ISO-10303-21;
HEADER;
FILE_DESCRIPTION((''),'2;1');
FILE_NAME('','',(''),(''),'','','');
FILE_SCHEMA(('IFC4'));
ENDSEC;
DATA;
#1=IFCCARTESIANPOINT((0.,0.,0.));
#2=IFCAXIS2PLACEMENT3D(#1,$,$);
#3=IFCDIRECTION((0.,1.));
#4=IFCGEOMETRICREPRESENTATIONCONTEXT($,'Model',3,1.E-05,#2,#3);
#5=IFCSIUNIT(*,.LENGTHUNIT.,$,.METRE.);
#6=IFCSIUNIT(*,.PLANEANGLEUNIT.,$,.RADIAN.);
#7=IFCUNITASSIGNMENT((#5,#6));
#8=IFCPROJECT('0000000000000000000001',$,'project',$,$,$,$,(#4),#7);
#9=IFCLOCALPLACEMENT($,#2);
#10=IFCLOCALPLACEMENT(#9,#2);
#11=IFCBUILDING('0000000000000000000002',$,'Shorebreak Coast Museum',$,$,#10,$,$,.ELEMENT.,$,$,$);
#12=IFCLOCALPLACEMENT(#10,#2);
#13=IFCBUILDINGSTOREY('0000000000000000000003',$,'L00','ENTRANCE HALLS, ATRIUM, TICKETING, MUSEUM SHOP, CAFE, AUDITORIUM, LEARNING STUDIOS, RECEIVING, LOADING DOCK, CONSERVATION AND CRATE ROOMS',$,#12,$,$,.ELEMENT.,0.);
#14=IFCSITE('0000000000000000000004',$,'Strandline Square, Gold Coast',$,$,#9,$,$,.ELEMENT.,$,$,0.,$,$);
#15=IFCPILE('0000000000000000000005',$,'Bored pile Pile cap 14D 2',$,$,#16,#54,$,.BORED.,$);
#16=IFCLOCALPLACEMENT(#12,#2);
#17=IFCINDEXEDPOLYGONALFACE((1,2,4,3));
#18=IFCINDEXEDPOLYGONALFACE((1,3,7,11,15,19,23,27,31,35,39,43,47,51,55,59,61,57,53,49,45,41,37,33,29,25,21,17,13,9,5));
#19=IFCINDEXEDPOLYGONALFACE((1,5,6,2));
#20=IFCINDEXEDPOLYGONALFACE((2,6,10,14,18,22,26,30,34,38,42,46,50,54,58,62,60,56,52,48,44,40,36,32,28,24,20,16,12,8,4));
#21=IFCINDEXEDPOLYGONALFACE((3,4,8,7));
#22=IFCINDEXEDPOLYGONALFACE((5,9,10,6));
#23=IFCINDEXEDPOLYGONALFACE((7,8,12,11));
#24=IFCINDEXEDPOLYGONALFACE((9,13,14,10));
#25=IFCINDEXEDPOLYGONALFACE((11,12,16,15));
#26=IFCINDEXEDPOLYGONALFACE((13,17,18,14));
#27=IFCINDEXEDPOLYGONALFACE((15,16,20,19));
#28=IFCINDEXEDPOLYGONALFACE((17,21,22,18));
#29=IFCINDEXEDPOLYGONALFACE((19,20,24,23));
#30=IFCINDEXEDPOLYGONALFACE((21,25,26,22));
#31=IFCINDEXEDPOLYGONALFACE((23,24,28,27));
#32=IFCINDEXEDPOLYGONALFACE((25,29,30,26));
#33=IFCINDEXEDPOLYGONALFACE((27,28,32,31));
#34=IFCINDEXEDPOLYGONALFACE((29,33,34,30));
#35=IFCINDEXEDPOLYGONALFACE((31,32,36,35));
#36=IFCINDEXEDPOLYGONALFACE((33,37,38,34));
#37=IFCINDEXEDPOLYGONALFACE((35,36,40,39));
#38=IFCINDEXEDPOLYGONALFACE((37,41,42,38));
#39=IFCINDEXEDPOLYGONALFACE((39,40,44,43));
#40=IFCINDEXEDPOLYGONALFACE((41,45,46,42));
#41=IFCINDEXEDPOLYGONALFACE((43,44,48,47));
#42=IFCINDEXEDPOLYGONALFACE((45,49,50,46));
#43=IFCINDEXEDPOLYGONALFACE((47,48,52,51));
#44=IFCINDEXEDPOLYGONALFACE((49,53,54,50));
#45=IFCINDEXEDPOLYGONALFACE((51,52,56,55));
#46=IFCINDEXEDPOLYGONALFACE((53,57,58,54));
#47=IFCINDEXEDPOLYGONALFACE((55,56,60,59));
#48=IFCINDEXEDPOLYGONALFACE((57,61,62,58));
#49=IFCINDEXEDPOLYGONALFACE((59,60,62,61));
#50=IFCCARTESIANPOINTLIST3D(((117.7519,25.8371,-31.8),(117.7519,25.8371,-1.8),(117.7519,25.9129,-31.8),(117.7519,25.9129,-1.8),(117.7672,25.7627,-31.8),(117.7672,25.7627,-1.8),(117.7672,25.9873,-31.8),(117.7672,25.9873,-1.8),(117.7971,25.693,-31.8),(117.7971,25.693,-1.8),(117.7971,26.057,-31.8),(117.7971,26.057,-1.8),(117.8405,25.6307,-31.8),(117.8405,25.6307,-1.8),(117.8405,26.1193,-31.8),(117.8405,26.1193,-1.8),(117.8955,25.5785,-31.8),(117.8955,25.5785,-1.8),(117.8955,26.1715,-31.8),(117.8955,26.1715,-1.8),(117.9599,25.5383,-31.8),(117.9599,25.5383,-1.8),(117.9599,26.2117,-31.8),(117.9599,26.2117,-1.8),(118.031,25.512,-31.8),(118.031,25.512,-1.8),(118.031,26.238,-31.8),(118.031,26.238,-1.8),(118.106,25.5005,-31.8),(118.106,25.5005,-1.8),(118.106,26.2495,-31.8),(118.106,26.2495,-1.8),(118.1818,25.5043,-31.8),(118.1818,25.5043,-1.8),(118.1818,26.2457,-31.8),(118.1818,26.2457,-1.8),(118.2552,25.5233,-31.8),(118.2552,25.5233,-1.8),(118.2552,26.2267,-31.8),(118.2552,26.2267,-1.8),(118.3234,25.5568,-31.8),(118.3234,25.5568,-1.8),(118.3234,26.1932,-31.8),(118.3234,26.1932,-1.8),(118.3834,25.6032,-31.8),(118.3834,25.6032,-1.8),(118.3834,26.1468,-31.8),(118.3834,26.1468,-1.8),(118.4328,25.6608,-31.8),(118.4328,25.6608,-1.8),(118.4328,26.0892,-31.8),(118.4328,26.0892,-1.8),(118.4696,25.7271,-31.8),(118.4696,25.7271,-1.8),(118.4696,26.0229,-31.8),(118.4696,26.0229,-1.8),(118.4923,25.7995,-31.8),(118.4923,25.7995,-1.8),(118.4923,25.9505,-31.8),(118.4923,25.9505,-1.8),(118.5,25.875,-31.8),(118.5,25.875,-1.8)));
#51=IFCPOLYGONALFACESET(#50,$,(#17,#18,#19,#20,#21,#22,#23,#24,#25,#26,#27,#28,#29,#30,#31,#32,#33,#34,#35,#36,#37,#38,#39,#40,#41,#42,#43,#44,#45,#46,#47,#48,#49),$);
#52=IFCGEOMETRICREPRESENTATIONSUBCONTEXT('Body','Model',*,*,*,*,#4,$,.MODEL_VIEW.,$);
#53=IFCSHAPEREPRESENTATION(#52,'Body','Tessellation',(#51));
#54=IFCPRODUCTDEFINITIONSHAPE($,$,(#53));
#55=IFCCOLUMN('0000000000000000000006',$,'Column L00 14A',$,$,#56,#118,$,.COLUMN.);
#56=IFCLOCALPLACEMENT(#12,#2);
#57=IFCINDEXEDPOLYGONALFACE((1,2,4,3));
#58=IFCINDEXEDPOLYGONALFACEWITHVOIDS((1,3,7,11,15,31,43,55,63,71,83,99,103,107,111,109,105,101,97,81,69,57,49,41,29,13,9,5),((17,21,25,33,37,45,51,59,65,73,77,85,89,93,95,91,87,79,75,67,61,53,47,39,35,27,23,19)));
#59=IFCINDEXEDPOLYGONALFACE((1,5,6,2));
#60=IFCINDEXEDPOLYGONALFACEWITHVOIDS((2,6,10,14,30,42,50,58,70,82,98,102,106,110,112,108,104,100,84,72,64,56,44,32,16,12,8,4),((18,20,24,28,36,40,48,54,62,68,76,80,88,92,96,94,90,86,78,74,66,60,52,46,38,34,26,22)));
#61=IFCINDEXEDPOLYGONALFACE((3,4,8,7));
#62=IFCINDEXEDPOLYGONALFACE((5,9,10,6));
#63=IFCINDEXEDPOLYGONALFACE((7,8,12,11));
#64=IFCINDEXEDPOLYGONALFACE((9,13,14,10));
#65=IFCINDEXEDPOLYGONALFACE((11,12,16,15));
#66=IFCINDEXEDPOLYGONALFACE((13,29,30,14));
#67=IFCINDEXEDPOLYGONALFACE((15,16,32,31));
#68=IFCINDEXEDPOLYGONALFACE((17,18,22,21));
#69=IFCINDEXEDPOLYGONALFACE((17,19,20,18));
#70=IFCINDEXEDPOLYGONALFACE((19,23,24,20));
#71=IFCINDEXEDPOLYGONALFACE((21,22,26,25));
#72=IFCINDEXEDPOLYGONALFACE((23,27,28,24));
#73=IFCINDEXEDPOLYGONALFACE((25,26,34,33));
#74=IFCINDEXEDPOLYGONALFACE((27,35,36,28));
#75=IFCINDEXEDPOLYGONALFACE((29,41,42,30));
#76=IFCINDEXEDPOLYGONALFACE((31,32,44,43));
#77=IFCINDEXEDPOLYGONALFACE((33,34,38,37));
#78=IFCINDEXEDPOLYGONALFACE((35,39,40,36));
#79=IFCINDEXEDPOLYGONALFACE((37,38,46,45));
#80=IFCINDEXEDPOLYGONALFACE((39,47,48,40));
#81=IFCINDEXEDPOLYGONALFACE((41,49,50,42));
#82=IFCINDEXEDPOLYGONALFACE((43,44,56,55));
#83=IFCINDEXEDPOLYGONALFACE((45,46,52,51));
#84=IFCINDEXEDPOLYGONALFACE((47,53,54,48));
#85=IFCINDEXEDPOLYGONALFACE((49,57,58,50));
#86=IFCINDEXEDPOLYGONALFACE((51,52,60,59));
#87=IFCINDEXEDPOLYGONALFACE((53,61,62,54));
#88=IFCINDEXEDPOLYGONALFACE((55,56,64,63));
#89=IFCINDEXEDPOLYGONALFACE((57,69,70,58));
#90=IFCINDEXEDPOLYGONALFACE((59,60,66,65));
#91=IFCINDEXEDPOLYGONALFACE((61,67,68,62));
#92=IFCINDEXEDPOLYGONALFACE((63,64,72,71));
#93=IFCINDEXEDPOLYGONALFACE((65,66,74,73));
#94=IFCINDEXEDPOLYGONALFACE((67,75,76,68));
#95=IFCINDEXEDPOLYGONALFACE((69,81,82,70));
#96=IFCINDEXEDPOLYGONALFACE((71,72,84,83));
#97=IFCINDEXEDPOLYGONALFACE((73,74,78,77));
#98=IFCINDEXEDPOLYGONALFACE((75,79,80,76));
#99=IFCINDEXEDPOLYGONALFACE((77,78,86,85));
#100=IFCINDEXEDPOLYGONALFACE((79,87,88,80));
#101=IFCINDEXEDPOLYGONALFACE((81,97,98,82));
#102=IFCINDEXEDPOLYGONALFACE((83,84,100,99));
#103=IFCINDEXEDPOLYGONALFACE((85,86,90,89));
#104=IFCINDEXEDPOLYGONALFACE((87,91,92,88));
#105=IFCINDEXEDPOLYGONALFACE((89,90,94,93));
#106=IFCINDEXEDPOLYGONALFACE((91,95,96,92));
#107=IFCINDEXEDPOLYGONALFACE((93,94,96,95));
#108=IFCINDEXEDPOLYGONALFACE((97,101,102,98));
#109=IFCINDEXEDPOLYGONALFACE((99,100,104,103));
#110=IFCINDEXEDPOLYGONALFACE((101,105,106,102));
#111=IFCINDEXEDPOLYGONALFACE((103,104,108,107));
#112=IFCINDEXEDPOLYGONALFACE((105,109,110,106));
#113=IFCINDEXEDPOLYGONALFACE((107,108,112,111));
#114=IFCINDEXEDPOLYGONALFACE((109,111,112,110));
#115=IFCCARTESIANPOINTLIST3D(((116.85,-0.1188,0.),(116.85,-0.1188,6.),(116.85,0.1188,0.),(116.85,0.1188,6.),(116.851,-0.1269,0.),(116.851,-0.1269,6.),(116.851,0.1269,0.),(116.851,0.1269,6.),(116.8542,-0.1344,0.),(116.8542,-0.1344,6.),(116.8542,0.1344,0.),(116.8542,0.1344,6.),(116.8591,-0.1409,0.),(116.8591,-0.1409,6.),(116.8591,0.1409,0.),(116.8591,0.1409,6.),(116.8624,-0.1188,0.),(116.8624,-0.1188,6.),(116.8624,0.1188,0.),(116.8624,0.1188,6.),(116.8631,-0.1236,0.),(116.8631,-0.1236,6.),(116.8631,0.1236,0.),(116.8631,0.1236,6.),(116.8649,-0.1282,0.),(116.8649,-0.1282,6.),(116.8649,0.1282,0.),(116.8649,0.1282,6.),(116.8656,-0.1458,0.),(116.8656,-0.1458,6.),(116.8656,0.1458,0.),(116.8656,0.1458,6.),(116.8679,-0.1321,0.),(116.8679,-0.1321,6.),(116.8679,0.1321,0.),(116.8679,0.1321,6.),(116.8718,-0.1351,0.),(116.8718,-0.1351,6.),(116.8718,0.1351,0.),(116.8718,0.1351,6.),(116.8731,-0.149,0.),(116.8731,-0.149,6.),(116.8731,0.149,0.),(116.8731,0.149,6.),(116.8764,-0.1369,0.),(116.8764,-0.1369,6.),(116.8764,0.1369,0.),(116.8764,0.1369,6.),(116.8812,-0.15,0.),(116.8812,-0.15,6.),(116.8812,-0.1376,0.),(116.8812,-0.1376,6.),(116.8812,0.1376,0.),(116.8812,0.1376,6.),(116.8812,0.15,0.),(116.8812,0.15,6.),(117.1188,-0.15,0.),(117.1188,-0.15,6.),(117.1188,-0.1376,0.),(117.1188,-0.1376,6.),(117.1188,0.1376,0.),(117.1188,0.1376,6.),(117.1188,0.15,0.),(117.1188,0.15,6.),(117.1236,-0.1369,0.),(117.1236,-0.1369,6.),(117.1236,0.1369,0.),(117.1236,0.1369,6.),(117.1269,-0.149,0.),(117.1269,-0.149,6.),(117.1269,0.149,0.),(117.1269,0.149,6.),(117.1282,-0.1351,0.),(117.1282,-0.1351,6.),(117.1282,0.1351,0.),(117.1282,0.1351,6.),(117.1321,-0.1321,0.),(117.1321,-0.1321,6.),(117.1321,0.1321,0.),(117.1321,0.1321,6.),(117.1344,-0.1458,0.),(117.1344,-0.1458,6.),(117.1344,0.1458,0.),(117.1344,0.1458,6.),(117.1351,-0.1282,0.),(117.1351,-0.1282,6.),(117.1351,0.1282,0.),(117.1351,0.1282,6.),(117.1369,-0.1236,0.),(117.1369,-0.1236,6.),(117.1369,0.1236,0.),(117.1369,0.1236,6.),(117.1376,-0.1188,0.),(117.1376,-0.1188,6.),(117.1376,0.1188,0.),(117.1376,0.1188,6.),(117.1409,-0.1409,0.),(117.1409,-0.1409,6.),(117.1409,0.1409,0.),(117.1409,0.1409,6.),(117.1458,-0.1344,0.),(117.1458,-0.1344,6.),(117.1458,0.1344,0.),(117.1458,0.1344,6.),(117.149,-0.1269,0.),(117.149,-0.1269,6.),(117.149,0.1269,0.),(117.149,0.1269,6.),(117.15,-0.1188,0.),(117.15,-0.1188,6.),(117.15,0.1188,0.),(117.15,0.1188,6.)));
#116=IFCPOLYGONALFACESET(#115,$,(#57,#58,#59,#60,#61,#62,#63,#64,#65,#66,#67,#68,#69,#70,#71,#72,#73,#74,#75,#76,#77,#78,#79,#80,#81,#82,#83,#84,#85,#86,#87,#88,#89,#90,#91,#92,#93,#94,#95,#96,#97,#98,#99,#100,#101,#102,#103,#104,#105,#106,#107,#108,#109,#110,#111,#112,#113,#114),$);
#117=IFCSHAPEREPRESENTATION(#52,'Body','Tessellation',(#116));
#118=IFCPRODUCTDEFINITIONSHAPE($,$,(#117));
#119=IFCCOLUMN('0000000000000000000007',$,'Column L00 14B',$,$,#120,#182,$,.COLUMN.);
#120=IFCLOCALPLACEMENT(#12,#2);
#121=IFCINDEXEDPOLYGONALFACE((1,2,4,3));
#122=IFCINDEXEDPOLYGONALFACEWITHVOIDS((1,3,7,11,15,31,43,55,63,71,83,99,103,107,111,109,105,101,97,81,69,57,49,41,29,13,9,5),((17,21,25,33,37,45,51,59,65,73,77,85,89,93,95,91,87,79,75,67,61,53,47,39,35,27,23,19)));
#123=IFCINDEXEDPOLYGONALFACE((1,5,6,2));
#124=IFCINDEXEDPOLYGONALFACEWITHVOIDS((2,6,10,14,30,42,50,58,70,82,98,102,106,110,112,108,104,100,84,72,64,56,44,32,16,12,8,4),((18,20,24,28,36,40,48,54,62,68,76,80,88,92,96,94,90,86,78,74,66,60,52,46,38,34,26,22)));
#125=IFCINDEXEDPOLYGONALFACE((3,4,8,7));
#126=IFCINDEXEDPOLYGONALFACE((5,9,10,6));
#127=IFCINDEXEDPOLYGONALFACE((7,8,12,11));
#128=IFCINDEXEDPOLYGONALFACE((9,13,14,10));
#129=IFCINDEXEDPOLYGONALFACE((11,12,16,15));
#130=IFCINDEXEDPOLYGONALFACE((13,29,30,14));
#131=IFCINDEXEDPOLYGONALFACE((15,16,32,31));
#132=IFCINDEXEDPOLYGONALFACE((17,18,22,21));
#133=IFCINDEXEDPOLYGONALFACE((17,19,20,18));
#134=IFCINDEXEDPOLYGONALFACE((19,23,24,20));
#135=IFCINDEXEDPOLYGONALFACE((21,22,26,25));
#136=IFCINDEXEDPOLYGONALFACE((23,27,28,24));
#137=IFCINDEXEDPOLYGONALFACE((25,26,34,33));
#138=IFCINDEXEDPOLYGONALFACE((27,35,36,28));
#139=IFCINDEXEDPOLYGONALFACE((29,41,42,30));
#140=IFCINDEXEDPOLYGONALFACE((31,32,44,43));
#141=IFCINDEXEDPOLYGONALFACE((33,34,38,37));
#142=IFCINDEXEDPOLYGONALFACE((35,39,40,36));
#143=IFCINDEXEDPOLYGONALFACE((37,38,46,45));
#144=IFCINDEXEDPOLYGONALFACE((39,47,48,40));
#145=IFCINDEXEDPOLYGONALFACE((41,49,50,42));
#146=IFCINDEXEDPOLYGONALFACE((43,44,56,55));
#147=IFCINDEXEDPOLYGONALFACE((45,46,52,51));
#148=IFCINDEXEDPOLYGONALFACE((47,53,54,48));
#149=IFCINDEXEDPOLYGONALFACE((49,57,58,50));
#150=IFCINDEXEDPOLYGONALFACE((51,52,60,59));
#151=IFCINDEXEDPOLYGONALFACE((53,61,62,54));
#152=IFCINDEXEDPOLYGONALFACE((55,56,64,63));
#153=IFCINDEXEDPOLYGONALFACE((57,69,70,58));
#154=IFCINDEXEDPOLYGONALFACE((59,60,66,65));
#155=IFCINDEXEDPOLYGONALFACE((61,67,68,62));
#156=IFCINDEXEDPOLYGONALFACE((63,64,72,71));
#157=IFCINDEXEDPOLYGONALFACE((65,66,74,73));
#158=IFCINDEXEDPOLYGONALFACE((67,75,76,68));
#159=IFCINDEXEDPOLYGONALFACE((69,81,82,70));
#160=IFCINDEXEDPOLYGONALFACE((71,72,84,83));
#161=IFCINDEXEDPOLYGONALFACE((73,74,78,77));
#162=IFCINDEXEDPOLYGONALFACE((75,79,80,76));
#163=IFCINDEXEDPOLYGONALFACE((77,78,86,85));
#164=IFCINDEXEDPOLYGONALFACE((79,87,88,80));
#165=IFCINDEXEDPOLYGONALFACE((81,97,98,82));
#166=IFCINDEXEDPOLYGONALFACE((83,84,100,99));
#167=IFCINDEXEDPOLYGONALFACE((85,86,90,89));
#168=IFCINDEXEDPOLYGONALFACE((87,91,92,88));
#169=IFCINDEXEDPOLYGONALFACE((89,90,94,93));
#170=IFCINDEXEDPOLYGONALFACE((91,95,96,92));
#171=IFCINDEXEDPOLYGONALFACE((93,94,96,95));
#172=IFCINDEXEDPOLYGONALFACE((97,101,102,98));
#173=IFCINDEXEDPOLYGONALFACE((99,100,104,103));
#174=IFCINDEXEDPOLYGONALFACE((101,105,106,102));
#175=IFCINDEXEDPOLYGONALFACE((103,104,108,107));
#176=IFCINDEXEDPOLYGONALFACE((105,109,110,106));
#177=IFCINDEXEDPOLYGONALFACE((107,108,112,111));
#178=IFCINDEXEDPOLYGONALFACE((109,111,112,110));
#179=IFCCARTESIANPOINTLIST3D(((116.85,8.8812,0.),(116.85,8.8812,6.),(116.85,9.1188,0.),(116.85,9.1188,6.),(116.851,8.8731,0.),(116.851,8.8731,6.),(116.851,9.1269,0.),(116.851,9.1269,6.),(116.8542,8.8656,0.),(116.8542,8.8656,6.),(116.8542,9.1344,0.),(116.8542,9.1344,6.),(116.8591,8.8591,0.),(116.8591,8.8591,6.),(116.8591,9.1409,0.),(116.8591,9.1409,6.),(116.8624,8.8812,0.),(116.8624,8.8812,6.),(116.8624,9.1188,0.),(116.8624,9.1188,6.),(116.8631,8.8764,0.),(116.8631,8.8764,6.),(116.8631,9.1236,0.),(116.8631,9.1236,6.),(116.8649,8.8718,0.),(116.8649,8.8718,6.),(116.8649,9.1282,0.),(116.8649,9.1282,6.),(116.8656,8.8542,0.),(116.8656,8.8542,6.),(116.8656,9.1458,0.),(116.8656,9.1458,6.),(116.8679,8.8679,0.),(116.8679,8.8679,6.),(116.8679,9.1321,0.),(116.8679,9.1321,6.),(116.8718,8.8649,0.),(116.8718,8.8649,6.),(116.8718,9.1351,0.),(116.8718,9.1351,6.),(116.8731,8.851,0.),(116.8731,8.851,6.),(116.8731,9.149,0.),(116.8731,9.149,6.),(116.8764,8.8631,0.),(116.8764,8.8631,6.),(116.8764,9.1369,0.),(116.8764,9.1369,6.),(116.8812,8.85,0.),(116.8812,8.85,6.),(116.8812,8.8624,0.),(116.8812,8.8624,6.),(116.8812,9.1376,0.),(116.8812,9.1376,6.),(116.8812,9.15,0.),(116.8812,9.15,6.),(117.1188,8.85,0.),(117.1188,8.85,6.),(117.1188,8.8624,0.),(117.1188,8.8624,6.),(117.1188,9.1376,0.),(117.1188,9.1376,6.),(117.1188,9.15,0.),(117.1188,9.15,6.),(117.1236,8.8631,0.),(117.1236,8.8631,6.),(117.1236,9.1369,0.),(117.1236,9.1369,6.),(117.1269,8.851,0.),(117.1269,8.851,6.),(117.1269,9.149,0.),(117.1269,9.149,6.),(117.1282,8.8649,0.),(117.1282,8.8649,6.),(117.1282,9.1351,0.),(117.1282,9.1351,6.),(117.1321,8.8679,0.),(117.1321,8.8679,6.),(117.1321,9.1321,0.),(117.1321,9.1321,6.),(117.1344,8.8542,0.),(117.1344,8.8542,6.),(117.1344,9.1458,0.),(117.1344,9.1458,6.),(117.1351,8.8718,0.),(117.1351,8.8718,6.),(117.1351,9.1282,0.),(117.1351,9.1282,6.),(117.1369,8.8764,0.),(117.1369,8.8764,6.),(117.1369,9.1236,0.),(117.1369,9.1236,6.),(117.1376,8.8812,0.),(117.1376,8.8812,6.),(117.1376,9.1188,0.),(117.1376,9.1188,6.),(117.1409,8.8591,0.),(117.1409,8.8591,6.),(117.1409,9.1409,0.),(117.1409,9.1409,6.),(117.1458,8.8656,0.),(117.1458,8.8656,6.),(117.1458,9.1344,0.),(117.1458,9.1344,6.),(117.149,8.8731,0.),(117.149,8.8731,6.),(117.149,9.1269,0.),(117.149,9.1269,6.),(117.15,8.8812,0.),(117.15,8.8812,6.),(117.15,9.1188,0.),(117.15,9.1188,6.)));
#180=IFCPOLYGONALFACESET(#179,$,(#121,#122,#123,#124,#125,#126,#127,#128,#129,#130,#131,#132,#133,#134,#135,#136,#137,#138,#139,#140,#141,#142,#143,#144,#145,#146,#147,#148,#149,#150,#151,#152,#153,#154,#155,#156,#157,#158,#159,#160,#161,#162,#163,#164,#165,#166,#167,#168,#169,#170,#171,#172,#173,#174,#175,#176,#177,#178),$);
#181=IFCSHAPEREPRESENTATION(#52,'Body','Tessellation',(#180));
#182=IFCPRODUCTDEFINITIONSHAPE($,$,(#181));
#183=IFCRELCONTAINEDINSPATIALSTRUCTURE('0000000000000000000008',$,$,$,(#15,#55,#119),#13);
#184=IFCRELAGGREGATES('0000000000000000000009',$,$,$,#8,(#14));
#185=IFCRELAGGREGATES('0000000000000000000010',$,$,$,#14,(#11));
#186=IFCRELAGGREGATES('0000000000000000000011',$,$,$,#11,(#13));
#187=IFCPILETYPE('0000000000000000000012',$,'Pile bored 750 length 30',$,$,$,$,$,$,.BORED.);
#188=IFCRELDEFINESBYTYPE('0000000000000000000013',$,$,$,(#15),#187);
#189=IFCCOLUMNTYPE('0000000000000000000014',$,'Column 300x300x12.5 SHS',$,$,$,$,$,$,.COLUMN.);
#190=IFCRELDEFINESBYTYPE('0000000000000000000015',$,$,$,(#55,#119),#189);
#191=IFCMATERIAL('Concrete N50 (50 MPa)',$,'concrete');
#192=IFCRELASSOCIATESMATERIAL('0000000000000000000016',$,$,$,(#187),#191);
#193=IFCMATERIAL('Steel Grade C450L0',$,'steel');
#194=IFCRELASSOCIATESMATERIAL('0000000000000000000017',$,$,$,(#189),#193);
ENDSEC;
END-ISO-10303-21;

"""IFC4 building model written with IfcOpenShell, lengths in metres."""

from ifc_helpers import new_model, si_unit, direction, frame, origin, origin_2d, place, context, subcontext, project, spatial, hollow_rectangle, circle, extrude, material, material_profile, profile_set, type_object, element, save


model = new_model("IFC4")

# Units and contexts
model_context = context("Model", 3, precision=1e-05, world=origin(), true_north=direction((0.0, 1.0)))
body_context = subcontext(model_context, "Body", "Model", "MODEL_VIEW")
ifc_project = project(units=[si_unit("LENGTHUNIT", "METRE"), si_unit("PLANEANGLEUNIT", "RADIAN")], contexts=[model_context])

# Site, building, storey
site_placement = place(None, origin())
site = spatial("IfcSite", under=ifc_project, at=site_placement, Name="Strandline Square, Gold Coast", CompositionType="ELEMENT", RefElevation=0.0)
building_placement = place(site_placement, origin())
building = spatial("IfcBuilding", under=site, at=building_placement, Name="Shorebreak Coast Museum", CompositionType="ELEMENT")
storey_placement = place(building_placement, origin())
storey = spatial("IfcBuildingStorey", under=building, at=storey_placement, Name="L00", Description="ENTRANCE HALLS, ATRIUM, TICKETING, MUSEUM SHOP, CAFE, AUDITORIUM, LEARNING STUDIOS, RECEIVING, LOADING DOCK, CONSERVATION AND CRATE ROOMS", CompositionType="ELEMENT", Elevation=0.0)

# Pile
ifc_material_1 = material(Name="Concrete N50 (50 MPa)", Category="concrete")
ifc_material_profile_1 = material_profile(ifc_material_1, circle(Radius=0.375, at=origin_2d()), Name="Pile bored 750 length 30")
ifc_profile_set_1 = profile_set([ifc_material_profile_1], Name="Concrete N50 (50 MPa)")
pile_type_1 = type_object("IfcPileType", Name="Pile bored 750 length 30", PredefinedType="BORED", material=ifc_profile_set_1)
for number, where, z_axis, x_axis, name in (
    (1, (118.125, 25.875, -1.8), (0.0, 0.0, -1.0), (1.0, 0.0, 0.0), "Bored pile Pile cap 14D 2"),
):
    element("IfcPile", number, at=place(storey_placement, frame(where, z_axis=z_axis, x_axis=x_axis)), inside=storey, type_object=pile_type_1, Name=name, PredefinedType="BORED", context=body_context, shape_type="SweptSolid", body=[
        extrude(circle(Radius=0.375, at=origin_2d()), origin(), (0.0, 0.0, 1.0), 30.0),
    ])

# Columns
ifc_material_2 = material(Name="Steel Grade C450L0", Category="steel")
ifc_material_profile_2 = material_profile(ifc_material_2, hollow_rectangle(XDim=0.3, YDim=0.3, WallThickness=0.0125, InnerFilletRadius=0.0188, OuterFilletRadius=0.0312, at=origin_2d()), Name="300x300x12.5 SHS")
ifc_profile_set_2 = profile_set([ifc_material_profile_2], Name="Steel Grade C450L0")
column_type = type_object("IfcColumnType", Name="Column 300x300x12.5 SHS", PredefinedType="COLUMN", material=ifc_profile_set_2)
for number, where, z_axis, x_axis, name in (
    (2, (117.0, 0.0, 0.0), (0.0, 0.0, 1.0), (1.0, 0.0, 0.0), "Column L00 14A"),
    (3, (117.0, 9.0, 0.0), (0.0, 0.0, 1.0), (1.0, 0.0, 0.0), "Column L00 14B"),
):
    element("IfcColumn", number, at=place(storey_placement, frame(where, z_axis=z_axis, x_axis=x_axis)), inside=storey, type_object=column_type, Name=name, PredefinedType="COLUMN", context=body_context, shape_type="SweptSolid", body=[
        extrude(hollow_rectangle(XDim=0.3, YDim=0.3, WallThickness=0.0125, InnerFilletRadius=0.0188, OuterFilletRadius=0.0312, at=origin_2d()), origin(), (0.0, 0.0, 1.0), 6.0),
    ])

save(model, "model.ifc")
